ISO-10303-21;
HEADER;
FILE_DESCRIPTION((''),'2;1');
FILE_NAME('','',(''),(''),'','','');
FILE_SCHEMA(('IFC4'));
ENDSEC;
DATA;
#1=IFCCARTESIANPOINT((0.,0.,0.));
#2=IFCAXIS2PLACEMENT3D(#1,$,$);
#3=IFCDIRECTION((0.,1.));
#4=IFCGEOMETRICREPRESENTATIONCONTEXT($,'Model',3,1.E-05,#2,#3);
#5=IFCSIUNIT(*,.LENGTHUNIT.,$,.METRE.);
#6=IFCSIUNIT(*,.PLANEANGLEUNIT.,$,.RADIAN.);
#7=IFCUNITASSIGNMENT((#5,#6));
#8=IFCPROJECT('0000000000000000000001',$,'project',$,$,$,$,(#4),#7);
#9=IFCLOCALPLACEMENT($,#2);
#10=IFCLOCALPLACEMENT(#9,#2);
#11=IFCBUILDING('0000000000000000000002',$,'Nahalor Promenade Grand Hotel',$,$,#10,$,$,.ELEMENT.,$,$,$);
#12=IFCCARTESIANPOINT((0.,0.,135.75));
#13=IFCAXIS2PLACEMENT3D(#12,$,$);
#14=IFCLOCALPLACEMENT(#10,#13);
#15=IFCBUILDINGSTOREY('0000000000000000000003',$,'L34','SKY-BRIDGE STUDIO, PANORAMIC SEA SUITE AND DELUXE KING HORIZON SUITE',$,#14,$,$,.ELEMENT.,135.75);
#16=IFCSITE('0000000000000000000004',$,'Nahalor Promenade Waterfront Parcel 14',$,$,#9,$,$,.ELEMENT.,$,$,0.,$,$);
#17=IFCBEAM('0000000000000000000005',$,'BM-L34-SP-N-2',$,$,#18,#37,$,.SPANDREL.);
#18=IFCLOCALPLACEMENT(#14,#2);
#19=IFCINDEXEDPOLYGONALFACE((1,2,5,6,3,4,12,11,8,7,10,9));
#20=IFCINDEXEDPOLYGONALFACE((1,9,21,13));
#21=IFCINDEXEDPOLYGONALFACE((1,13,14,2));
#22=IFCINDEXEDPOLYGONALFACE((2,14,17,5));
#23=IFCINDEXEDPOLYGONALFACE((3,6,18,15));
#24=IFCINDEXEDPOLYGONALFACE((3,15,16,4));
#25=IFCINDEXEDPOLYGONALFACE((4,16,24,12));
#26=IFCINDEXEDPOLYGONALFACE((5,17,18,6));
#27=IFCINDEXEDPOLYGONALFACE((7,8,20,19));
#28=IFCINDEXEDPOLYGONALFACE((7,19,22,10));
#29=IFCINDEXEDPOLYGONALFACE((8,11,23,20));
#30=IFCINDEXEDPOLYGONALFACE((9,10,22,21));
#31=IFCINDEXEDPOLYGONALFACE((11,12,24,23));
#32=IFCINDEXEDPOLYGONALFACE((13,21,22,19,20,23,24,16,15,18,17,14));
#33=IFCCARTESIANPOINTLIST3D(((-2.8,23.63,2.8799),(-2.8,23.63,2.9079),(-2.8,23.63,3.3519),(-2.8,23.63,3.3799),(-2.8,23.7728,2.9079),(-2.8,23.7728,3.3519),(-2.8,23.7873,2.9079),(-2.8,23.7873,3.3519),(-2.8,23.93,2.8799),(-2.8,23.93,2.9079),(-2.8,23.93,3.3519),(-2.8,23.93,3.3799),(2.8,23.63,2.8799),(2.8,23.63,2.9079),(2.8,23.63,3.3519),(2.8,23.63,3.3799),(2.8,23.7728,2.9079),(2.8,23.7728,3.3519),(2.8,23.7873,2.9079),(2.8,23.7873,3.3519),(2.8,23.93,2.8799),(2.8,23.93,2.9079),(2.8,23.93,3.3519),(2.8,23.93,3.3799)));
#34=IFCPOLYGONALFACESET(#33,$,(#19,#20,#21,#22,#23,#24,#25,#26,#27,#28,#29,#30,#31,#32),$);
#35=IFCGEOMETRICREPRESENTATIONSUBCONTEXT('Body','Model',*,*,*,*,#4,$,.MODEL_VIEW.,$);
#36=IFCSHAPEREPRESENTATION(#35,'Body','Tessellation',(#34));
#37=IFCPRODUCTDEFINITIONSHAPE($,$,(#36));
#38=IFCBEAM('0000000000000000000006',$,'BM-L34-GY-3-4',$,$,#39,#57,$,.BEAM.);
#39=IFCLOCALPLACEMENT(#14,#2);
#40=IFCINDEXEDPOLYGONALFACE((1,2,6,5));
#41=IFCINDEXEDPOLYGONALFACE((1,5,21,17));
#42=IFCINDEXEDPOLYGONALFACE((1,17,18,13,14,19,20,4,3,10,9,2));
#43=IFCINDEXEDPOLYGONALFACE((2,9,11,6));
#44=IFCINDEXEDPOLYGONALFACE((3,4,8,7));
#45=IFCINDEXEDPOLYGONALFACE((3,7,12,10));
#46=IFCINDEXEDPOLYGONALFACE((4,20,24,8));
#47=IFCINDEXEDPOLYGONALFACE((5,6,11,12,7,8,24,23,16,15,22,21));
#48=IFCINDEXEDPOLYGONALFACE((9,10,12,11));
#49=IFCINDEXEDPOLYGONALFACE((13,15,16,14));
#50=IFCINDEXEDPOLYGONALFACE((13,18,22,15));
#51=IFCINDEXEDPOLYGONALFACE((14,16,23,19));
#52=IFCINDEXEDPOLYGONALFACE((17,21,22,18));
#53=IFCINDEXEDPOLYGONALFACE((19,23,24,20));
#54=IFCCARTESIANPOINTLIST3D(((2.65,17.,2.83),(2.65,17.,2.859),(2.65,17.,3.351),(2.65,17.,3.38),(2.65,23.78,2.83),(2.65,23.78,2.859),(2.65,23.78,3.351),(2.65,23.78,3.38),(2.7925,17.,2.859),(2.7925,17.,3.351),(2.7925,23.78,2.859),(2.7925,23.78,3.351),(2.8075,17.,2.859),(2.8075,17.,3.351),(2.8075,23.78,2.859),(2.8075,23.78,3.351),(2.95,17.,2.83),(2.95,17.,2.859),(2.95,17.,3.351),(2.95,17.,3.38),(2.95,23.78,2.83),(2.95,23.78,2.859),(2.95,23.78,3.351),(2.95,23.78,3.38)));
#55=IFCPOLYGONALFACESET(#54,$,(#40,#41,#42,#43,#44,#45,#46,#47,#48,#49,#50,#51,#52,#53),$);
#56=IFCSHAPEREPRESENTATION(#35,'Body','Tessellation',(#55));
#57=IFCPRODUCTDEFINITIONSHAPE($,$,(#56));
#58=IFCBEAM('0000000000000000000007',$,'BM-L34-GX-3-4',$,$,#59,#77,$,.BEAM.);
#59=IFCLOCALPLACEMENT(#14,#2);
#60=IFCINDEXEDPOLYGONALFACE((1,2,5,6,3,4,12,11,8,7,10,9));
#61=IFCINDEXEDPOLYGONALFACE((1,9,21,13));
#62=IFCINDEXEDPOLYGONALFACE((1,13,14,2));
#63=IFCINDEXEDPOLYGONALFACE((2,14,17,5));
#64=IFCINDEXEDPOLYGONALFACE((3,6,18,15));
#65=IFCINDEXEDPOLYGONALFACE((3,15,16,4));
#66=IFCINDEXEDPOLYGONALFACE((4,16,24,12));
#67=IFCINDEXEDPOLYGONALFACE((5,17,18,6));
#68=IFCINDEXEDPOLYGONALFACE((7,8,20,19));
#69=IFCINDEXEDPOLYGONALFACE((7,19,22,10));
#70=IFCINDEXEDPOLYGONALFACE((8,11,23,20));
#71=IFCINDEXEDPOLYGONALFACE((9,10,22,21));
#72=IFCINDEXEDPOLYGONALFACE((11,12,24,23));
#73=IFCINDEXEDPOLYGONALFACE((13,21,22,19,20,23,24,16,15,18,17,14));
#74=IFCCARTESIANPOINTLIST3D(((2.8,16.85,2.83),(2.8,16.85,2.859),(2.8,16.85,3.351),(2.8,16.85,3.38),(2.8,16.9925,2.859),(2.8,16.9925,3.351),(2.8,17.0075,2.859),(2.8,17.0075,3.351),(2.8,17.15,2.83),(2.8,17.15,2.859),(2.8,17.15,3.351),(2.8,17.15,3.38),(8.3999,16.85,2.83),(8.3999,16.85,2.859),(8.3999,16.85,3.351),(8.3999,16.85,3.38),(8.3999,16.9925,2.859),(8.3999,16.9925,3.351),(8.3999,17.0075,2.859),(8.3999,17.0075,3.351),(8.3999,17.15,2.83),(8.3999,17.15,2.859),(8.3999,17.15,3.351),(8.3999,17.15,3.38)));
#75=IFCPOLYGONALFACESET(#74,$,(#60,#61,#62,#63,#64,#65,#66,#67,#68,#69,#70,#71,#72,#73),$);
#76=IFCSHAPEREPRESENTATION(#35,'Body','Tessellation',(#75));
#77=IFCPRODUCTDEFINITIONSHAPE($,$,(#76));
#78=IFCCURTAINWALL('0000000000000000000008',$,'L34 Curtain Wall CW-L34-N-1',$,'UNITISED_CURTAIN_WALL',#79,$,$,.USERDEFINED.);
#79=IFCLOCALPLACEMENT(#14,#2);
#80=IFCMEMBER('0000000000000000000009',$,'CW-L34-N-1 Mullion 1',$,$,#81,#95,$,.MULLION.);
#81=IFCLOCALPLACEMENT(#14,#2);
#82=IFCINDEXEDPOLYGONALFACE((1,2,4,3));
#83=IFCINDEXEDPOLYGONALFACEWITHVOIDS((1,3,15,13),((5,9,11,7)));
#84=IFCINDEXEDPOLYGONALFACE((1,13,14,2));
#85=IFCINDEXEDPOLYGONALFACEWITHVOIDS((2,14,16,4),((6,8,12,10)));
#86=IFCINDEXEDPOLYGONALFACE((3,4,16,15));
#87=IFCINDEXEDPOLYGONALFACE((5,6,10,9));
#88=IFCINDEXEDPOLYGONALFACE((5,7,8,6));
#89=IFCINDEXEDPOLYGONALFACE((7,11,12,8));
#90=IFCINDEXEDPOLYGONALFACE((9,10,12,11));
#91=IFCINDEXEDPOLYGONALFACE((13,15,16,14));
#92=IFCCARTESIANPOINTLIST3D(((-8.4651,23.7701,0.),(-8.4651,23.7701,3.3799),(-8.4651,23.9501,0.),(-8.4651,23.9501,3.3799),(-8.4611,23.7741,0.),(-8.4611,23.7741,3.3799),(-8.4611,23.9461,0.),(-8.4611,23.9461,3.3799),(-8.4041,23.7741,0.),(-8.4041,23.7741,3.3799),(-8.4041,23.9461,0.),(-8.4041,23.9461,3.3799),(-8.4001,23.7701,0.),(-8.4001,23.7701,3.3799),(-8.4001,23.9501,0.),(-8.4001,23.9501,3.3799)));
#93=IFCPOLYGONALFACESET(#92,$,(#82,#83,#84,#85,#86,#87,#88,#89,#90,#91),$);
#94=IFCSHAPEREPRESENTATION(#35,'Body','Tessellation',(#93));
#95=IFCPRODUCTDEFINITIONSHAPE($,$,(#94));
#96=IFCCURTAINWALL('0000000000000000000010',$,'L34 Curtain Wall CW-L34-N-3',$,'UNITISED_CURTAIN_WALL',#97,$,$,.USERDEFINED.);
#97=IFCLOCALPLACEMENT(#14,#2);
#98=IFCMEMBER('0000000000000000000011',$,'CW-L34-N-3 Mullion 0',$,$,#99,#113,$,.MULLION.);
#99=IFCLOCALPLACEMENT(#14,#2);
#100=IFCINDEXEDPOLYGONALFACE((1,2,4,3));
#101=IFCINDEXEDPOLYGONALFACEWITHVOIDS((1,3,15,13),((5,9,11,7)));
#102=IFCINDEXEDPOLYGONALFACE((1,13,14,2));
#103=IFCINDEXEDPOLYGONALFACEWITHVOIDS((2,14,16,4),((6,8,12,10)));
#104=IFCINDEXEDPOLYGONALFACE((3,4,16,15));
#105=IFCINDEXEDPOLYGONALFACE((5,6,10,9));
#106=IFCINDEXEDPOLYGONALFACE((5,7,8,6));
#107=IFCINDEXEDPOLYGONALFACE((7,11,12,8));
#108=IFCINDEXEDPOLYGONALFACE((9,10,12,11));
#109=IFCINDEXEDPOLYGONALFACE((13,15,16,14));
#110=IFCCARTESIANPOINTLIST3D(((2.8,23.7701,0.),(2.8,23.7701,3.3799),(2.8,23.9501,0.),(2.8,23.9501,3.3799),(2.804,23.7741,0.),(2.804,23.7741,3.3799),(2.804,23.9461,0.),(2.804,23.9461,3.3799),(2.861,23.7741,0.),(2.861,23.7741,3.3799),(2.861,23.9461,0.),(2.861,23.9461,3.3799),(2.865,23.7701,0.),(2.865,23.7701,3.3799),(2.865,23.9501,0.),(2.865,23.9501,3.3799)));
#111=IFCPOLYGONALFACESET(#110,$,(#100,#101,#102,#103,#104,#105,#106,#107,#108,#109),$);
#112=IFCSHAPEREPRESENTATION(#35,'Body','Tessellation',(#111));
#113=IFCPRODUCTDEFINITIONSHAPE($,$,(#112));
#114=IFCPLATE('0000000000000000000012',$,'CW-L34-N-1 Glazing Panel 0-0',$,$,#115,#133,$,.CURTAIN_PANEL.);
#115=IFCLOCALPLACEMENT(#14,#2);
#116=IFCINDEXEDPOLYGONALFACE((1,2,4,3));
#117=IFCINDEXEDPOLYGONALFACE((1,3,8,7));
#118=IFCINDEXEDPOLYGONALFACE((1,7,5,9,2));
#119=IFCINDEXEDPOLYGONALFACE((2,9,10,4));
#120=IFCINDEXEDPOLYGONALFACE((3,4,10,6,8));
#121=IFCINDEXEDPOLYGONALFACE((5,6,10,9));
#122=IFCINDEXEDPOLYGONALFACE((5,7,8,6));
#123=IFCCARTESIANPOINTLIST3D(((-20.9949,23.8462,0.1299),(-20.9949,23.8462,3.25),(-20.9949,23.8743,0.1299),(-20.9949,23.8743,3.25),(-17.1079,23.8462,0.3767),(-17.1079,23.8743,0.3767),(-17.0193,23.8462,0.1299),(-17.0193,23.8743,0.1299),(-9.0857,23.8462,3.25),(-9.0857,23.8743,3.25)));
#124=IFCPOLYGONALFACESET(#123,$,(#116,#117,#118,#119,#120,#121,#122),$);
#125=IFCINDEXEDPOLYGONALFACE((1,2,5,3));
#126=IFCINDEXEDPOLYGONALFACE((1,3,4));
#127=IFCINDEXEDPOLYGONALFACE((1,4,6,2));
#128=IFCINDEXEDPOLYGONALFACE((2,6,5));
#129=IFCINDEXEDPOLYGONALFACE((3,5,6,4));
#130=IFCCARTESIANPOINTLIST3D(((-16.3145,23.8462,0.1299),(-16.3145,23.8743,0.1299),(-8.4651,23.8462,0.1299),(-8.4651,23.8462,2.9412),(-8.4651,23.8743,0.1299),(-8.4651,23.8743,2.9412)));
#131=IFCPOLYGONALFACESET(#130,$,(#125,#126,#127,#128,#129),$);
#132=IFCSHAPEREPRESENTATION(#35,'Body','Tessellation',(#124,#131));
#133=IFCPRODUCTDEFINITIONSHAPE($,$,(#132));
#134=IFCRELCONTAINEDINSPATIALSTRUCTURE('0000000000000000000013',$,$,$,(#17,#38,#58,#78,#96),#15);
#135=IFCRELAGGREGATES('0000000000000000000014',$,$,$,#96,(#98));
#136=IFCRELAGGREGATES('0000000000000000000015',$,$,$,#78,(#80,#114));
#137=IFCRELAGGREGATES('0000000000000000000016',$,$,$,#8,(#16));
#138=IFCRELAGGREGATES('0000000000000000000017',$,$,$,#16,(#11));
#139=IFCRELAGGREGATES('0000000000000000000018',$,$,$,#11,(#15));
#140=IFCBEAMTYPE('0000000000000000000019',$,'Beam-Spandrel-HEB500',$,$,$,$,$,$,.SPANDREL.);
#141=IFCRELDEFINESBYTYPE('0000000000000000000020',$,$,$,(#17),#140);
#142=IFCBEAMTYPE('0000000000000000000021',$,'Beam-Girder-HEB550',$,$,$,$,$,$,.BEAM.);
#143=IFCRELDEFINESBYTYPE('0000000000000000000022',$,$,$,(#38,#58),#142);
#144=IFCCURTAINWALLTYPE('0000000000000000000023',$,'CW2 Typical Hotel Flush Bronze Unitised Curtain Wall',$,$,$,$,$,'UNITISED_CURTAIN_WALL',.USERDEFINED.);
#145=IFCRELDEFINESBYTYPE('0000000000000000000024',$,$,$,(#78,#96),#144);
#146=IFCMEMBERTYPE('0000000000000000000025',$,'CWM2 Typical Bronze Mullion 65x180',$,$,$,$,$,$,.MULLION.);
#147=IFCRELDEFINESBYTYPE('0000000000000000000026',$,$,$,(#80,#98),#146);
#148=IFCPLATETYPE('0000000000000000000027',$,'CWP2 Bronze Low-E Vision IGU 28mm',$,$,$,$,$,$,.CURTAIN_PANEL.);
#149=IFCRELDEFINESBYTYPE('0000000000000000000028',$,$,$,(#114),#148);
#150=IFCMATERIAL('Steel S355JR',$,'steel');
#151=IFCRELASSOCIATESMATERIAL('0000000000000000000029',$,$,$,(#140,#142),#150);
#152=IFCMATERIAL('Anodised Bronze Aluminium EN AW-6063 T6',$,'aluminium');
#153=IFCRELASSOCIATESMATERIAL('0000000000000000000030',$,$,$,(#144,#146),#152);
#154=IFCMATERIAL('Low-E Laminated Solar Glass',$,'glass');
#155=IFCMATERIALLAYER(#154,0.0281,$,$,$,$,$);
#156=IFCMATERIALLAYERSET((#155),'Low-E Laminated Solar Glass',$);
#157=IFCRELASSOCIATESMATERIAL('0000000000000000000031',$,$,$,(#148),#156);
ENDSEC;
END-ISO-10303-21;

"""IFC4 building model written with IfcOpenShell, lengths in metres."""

from ifc_helpers import new_model, si_unit, direction, frame, origin, origin_2d, place, context, subcontext, project, spatial, polyline, hollow_rectangle, i_section, outline, extrude, source, transform, mapped, material, layer, layer_set, material_profile, profile_set, type_object, element, aggregate, save


model = new_model("IFC4")

# Units and contexts
model_context = context("Model", 3, precision=1e-05, world=origin(), true_north=direction((0.0, 1.0)))
body_context = subcontext(model_context, "Body", "Model", "MODEL_VIEW")
ifc_project = project(units=[si_unit("LENGTHUNIT", "METRE"), si_unit("PLANEANGLEUNIT", "RADIAN")], contexts=[model_context])

# Site, building, storey
site_placement = place(None, origin())
site = spatial("IfcSite", under=ifc_project, at=site_placement, Name="Nahalor Promenade Waterfront Parcel 14", CompositionType="ELEMENT", RefElevation=0.0)
building_placement = place(site_placement, origin())
building = spatial("IfcBuilding", under=site, at=building_placement, Name="Nahalor Promenade Grand Hotel", CompositionType="ELEMENT")
storey_placement = place(building_placement, frame((0.0, 0.0, 135.75)))
storey = spatial("IfcBuildingStorey", under=building, at=storey_placement, Name="L34", Description="SKY-BRIDGE STUDIO, PANORAMIC SEA SUITE AND DELUXE KING HORIZON SUITE", CompositionType="ELEMENT", Elevation=135.75)

# Beams
ifc_material_1 = material(Name="Steel S355JR", Category="steel")
ifc_material_profile_1 = material_profile(ifc_material_1, i_section(OverallWidth=0.3, OverallDepth=0.5, WebThickness=0.0145, FlangeThickness=0.028, at=origin_2d()), Name="HEB 500")
ifc_profile_set_1 = profile_set([ifc_material_profile_1], Name="Steel S355JR")
beam_type_1 = type_object("IfcBeamType", Name="Beam-Spandrel-HEB500", PredefinedType="SPANDREL", material=ifc_profile_set_1)
shared_shape_1 = source(origin(), body_context, "Body", "SweptSolid", [
    extrude(i_section(OverallWidth=0.3, OverallDepth=0.5, WebThickness=0.0145, FlangeThickness=0.028, at=origin_2d()), origin(), (0.0, 0.0, 1.0), 5.6001),
])
beam_1_placement = place(storey_placement, frame((-2.8, 23.78, 3.1299), z_axis=(1.0, 0.0, 0.0), x_axis=(0.0, 1.0, 0.0)))
element("IfcBeam", 1, at=beam_1_placement, inside=storey, type_object=beam_type_1, Name="BM-L34-SP-N-2", PredefinedType="SPANDREL", context=body_context, shape_type="MappedRepresentation", body=[
    mapped(shared_shape_1, transform((0.0, 0.0, 0.0), scale=1.0)),
])
ifc_material_profile_2 = material_profile(ifc_material_1, i_section(OverallWidth=0.3, OverallDepth=0.55, WebThickness=0.015, FlangeThickness=0.029, at=origin_2d()), Name="HEB 550")
ifc_profile_set_2 = profile_set([ifc_material_profile_2], Name="Steel S355JR")
beam_type_2 = type_object("IfcBeamType", Name="Beam-Girder-HEB550", PredefinedType="BEAM", material=ifc_profile_set_2)
shared_shape_2 = source(origin(), body_context, "Body", "SweptSolid", [
    extrude(i_section(OverallWidth=0.3, OverallDepth=0.55, WebThickness=0.015, FlangeThickness=0.029, at=origin_2d()), origin(), (0.0, 0.0, 1.0), 6.78),
])
beam_2_placement = place(storey_placement, frame((2.8, 17.0, 3.105), z_axis=(0.0, 1.0, 0.0), x_axis=(-1.0, 0.0, 0.0)))
element("IfcBeam", 2, at=beam_2_placement, inside=storey, type_object=beam_type_2, Name="BM-L34-GY-3-4", PredefinedType="BEAM", context=body_context, shape_type="MappedRepresentation", body=[
    mapped(shared_shape_2, transform((0.0, 0.0, 0.0), scale=1.0)),
])
shared_shape_3 = source(origin(), body_context, "Body", "SweptSolid", [
    extrude(i_section(OverallWidth=0.3, OverallDepth=0.55, WebThickness=0.015, FlangeThickness=0.029, at=origin_2d()), origin(), (0.0, 0.0, 1.0), 5.5999),
])
beam_3_placement = place(storey_placement, frame((2.8, 17.0, 3.105), z_axis=(1.0, 0.0, 0.0), x_axis=(0.0, 1.0, 0.0)))
element("IfcBeam", 3, at=beam_3_placement, inside=storey, type_object=beam_type_2, Name="BM-L34-GX-3-4", PredefinedType="BEAM", context=body_context, shape_type="MappedRepresentation", body=[
    mapped(shared_shape_3, transform((0.0, 0.0, 0.0), scale=1.0)),
])

# Curtain walls, members
ifc_material_2 = material(Name="Anodised Bronze Aluminium EN AW-6063 T6", Category="aluminium")
curtain_wall_type = type_object("IfcCurtainWallType", Name="CW2 Typical Hotel Flush Bronze Unitised Curtain Wall", ElementType="UNITISED_CURTAIN_WALL", PredefinedType="USERDEFINED", material=ifc_material_2)
curtain_wall_1_placement = place(storey_placement, origin())
curtain_wall_1 = element("IfcCurtainWall", 4, at=curtain_wall_1_placement, inside=storey, type_object=curtain_wall_type, Name="L34 Curtain Wall CW-L34-N-1", ObjectType="UNITISED_CURTAIN_WALL", PredefinedType="USERDEFINED")
ifc_material_profile_3 = material_profile(ifc_material_2, hollow_rectangle(XDim=0.065, YDim=0.18, WallThickness=0.004, at=origin_2d()), Name="CWM 65x180x4")
ifc_profile_set_3 = profile_set([ifc_material_profile_3], Name="Anodised Bronze Aluminium EN AW-6063 T6")
member_type = type_object("IfcMemberType", Name="CWM2 Typical Bronze Mullion 65x180", PredefinedType="MULLION", material=ifc_profile_set_3)
shared_shape_4 = source(origin(), body_context, "Body", "SweptSolid", [
    extrude(hollow_rectangle(XDim=0.065, YDim=0.18, WallThickness=0.004, at=origin_2d()), origin(), (0.0, 0.0, 1.0), 3.3799),
])
member_1_placement = place(storey_placement, frame((-8.4326, 23.8601, 0.0), z_axis=(0.0, 0.0, 1.0), x_axis=(1.0, 0.0, 0.0)))
member_1 = element("IfcMember", 5, at=member_1_placement, type_object=member_type, Name="CW-L34-N-1 Mullion 1", PredefinedType="MULLION", context=body_context, shape_type="MappedRepresentation", body=[
    mapped(shared_shape_4, transform((0.0, 0.0, 0.0), scale=1.0)),
])
curtain_wall_2_placement = place(storey_placement, origin())
curtain_wall_2 = element("IfcCurtainWall", 6, at=curtain_wall_2_placement, inside=storey, type_object=curtain_wall_type, Name="L34 Curtain Wall CW-L34-N-3", ObjectType="UNITISED_CURTAIN_WALL", PredefinedType="USERDEFINED")
member_2_placement = place(storey_placement, frame((2.8325, 23.8601, 0.0), z_axis=(0.0, 0.0, 1.0), x_axis=(1.0, 0.0, 0.0)))
member_2 = element("IfcMember", 7, at=member_2_placement, type_object=member_type, Name="CW-L34-N-3 Mullion 0", PredefinedType="MULLION", context=body_context, shape_type="MappedRepresentation", body=[
    mapped(shared_shape_4, transform((0.0, 0.0, 0.0), scale=1.0)),
])
aggregate(curtain_wall_2, [member_2])

# Plate
ifc_material_3 = material(Name="Low-E Laminated Solar Glass", Category="glass")
ifc_layer_1 = layer(ifc_material_3, 0.0281)
ifc_layer_set_1 = layer_set([ifc_layer_1], Name="Low-E Laminated Solar Glass")
plate_type = type_object("IfcPlateType", Name="CWP2 Bronze Low-E Vision IGU 28mm", PredefinedType="CURTAIN_PANEL", material=ifc_layer_set_1)
plate_placement = place(storey_placement, frame((-14.73, 23.8601, 0.1299), z_axis=(0.0, 0.0, 1.0), x_axis=(1.0, 0.0, 0.0)))
plate = element("IfcPlate", 8, at=plate_placement, type_object=plate_type, Name="CW-L34-N-1 Glazing Panel 0-0", PredefinedType="CURTAIN_PANEL", context=body_context, shape_type="SweptSolid", body=[
    extrude(outline(polyline([(-6.2649, 3.1201), (-6.2649, 0.0), (-2.2893, 0.0), (-2.3779, 0.2468), (5.6443, 3.1201), (-6.2649, 3.1201)])), frame((0.0, 0.0142, 0.0), z_axis=(0.0, -1.0, 0.0), x_axis=(1.0, 0.0, 0.0)), (0.0, 0.0, 1.0), 0.0281),
    extrude(outline(polyline([(-1.5845, 0.0), (6.2649, 0.0), (6.2649, 2.8113), (-1.5845, 0.0)])), frame((0.0, 0.0142, 0.0), z_axis=(0.0, -1.0, 0.0), x_axis=(1.0, 0.0, 0.0)), (0.0, 0.0, 1.0), 0.0281),
])
aggregate(curtain_wall_1, [member_1, plate])

save(model, "model.ifc")
